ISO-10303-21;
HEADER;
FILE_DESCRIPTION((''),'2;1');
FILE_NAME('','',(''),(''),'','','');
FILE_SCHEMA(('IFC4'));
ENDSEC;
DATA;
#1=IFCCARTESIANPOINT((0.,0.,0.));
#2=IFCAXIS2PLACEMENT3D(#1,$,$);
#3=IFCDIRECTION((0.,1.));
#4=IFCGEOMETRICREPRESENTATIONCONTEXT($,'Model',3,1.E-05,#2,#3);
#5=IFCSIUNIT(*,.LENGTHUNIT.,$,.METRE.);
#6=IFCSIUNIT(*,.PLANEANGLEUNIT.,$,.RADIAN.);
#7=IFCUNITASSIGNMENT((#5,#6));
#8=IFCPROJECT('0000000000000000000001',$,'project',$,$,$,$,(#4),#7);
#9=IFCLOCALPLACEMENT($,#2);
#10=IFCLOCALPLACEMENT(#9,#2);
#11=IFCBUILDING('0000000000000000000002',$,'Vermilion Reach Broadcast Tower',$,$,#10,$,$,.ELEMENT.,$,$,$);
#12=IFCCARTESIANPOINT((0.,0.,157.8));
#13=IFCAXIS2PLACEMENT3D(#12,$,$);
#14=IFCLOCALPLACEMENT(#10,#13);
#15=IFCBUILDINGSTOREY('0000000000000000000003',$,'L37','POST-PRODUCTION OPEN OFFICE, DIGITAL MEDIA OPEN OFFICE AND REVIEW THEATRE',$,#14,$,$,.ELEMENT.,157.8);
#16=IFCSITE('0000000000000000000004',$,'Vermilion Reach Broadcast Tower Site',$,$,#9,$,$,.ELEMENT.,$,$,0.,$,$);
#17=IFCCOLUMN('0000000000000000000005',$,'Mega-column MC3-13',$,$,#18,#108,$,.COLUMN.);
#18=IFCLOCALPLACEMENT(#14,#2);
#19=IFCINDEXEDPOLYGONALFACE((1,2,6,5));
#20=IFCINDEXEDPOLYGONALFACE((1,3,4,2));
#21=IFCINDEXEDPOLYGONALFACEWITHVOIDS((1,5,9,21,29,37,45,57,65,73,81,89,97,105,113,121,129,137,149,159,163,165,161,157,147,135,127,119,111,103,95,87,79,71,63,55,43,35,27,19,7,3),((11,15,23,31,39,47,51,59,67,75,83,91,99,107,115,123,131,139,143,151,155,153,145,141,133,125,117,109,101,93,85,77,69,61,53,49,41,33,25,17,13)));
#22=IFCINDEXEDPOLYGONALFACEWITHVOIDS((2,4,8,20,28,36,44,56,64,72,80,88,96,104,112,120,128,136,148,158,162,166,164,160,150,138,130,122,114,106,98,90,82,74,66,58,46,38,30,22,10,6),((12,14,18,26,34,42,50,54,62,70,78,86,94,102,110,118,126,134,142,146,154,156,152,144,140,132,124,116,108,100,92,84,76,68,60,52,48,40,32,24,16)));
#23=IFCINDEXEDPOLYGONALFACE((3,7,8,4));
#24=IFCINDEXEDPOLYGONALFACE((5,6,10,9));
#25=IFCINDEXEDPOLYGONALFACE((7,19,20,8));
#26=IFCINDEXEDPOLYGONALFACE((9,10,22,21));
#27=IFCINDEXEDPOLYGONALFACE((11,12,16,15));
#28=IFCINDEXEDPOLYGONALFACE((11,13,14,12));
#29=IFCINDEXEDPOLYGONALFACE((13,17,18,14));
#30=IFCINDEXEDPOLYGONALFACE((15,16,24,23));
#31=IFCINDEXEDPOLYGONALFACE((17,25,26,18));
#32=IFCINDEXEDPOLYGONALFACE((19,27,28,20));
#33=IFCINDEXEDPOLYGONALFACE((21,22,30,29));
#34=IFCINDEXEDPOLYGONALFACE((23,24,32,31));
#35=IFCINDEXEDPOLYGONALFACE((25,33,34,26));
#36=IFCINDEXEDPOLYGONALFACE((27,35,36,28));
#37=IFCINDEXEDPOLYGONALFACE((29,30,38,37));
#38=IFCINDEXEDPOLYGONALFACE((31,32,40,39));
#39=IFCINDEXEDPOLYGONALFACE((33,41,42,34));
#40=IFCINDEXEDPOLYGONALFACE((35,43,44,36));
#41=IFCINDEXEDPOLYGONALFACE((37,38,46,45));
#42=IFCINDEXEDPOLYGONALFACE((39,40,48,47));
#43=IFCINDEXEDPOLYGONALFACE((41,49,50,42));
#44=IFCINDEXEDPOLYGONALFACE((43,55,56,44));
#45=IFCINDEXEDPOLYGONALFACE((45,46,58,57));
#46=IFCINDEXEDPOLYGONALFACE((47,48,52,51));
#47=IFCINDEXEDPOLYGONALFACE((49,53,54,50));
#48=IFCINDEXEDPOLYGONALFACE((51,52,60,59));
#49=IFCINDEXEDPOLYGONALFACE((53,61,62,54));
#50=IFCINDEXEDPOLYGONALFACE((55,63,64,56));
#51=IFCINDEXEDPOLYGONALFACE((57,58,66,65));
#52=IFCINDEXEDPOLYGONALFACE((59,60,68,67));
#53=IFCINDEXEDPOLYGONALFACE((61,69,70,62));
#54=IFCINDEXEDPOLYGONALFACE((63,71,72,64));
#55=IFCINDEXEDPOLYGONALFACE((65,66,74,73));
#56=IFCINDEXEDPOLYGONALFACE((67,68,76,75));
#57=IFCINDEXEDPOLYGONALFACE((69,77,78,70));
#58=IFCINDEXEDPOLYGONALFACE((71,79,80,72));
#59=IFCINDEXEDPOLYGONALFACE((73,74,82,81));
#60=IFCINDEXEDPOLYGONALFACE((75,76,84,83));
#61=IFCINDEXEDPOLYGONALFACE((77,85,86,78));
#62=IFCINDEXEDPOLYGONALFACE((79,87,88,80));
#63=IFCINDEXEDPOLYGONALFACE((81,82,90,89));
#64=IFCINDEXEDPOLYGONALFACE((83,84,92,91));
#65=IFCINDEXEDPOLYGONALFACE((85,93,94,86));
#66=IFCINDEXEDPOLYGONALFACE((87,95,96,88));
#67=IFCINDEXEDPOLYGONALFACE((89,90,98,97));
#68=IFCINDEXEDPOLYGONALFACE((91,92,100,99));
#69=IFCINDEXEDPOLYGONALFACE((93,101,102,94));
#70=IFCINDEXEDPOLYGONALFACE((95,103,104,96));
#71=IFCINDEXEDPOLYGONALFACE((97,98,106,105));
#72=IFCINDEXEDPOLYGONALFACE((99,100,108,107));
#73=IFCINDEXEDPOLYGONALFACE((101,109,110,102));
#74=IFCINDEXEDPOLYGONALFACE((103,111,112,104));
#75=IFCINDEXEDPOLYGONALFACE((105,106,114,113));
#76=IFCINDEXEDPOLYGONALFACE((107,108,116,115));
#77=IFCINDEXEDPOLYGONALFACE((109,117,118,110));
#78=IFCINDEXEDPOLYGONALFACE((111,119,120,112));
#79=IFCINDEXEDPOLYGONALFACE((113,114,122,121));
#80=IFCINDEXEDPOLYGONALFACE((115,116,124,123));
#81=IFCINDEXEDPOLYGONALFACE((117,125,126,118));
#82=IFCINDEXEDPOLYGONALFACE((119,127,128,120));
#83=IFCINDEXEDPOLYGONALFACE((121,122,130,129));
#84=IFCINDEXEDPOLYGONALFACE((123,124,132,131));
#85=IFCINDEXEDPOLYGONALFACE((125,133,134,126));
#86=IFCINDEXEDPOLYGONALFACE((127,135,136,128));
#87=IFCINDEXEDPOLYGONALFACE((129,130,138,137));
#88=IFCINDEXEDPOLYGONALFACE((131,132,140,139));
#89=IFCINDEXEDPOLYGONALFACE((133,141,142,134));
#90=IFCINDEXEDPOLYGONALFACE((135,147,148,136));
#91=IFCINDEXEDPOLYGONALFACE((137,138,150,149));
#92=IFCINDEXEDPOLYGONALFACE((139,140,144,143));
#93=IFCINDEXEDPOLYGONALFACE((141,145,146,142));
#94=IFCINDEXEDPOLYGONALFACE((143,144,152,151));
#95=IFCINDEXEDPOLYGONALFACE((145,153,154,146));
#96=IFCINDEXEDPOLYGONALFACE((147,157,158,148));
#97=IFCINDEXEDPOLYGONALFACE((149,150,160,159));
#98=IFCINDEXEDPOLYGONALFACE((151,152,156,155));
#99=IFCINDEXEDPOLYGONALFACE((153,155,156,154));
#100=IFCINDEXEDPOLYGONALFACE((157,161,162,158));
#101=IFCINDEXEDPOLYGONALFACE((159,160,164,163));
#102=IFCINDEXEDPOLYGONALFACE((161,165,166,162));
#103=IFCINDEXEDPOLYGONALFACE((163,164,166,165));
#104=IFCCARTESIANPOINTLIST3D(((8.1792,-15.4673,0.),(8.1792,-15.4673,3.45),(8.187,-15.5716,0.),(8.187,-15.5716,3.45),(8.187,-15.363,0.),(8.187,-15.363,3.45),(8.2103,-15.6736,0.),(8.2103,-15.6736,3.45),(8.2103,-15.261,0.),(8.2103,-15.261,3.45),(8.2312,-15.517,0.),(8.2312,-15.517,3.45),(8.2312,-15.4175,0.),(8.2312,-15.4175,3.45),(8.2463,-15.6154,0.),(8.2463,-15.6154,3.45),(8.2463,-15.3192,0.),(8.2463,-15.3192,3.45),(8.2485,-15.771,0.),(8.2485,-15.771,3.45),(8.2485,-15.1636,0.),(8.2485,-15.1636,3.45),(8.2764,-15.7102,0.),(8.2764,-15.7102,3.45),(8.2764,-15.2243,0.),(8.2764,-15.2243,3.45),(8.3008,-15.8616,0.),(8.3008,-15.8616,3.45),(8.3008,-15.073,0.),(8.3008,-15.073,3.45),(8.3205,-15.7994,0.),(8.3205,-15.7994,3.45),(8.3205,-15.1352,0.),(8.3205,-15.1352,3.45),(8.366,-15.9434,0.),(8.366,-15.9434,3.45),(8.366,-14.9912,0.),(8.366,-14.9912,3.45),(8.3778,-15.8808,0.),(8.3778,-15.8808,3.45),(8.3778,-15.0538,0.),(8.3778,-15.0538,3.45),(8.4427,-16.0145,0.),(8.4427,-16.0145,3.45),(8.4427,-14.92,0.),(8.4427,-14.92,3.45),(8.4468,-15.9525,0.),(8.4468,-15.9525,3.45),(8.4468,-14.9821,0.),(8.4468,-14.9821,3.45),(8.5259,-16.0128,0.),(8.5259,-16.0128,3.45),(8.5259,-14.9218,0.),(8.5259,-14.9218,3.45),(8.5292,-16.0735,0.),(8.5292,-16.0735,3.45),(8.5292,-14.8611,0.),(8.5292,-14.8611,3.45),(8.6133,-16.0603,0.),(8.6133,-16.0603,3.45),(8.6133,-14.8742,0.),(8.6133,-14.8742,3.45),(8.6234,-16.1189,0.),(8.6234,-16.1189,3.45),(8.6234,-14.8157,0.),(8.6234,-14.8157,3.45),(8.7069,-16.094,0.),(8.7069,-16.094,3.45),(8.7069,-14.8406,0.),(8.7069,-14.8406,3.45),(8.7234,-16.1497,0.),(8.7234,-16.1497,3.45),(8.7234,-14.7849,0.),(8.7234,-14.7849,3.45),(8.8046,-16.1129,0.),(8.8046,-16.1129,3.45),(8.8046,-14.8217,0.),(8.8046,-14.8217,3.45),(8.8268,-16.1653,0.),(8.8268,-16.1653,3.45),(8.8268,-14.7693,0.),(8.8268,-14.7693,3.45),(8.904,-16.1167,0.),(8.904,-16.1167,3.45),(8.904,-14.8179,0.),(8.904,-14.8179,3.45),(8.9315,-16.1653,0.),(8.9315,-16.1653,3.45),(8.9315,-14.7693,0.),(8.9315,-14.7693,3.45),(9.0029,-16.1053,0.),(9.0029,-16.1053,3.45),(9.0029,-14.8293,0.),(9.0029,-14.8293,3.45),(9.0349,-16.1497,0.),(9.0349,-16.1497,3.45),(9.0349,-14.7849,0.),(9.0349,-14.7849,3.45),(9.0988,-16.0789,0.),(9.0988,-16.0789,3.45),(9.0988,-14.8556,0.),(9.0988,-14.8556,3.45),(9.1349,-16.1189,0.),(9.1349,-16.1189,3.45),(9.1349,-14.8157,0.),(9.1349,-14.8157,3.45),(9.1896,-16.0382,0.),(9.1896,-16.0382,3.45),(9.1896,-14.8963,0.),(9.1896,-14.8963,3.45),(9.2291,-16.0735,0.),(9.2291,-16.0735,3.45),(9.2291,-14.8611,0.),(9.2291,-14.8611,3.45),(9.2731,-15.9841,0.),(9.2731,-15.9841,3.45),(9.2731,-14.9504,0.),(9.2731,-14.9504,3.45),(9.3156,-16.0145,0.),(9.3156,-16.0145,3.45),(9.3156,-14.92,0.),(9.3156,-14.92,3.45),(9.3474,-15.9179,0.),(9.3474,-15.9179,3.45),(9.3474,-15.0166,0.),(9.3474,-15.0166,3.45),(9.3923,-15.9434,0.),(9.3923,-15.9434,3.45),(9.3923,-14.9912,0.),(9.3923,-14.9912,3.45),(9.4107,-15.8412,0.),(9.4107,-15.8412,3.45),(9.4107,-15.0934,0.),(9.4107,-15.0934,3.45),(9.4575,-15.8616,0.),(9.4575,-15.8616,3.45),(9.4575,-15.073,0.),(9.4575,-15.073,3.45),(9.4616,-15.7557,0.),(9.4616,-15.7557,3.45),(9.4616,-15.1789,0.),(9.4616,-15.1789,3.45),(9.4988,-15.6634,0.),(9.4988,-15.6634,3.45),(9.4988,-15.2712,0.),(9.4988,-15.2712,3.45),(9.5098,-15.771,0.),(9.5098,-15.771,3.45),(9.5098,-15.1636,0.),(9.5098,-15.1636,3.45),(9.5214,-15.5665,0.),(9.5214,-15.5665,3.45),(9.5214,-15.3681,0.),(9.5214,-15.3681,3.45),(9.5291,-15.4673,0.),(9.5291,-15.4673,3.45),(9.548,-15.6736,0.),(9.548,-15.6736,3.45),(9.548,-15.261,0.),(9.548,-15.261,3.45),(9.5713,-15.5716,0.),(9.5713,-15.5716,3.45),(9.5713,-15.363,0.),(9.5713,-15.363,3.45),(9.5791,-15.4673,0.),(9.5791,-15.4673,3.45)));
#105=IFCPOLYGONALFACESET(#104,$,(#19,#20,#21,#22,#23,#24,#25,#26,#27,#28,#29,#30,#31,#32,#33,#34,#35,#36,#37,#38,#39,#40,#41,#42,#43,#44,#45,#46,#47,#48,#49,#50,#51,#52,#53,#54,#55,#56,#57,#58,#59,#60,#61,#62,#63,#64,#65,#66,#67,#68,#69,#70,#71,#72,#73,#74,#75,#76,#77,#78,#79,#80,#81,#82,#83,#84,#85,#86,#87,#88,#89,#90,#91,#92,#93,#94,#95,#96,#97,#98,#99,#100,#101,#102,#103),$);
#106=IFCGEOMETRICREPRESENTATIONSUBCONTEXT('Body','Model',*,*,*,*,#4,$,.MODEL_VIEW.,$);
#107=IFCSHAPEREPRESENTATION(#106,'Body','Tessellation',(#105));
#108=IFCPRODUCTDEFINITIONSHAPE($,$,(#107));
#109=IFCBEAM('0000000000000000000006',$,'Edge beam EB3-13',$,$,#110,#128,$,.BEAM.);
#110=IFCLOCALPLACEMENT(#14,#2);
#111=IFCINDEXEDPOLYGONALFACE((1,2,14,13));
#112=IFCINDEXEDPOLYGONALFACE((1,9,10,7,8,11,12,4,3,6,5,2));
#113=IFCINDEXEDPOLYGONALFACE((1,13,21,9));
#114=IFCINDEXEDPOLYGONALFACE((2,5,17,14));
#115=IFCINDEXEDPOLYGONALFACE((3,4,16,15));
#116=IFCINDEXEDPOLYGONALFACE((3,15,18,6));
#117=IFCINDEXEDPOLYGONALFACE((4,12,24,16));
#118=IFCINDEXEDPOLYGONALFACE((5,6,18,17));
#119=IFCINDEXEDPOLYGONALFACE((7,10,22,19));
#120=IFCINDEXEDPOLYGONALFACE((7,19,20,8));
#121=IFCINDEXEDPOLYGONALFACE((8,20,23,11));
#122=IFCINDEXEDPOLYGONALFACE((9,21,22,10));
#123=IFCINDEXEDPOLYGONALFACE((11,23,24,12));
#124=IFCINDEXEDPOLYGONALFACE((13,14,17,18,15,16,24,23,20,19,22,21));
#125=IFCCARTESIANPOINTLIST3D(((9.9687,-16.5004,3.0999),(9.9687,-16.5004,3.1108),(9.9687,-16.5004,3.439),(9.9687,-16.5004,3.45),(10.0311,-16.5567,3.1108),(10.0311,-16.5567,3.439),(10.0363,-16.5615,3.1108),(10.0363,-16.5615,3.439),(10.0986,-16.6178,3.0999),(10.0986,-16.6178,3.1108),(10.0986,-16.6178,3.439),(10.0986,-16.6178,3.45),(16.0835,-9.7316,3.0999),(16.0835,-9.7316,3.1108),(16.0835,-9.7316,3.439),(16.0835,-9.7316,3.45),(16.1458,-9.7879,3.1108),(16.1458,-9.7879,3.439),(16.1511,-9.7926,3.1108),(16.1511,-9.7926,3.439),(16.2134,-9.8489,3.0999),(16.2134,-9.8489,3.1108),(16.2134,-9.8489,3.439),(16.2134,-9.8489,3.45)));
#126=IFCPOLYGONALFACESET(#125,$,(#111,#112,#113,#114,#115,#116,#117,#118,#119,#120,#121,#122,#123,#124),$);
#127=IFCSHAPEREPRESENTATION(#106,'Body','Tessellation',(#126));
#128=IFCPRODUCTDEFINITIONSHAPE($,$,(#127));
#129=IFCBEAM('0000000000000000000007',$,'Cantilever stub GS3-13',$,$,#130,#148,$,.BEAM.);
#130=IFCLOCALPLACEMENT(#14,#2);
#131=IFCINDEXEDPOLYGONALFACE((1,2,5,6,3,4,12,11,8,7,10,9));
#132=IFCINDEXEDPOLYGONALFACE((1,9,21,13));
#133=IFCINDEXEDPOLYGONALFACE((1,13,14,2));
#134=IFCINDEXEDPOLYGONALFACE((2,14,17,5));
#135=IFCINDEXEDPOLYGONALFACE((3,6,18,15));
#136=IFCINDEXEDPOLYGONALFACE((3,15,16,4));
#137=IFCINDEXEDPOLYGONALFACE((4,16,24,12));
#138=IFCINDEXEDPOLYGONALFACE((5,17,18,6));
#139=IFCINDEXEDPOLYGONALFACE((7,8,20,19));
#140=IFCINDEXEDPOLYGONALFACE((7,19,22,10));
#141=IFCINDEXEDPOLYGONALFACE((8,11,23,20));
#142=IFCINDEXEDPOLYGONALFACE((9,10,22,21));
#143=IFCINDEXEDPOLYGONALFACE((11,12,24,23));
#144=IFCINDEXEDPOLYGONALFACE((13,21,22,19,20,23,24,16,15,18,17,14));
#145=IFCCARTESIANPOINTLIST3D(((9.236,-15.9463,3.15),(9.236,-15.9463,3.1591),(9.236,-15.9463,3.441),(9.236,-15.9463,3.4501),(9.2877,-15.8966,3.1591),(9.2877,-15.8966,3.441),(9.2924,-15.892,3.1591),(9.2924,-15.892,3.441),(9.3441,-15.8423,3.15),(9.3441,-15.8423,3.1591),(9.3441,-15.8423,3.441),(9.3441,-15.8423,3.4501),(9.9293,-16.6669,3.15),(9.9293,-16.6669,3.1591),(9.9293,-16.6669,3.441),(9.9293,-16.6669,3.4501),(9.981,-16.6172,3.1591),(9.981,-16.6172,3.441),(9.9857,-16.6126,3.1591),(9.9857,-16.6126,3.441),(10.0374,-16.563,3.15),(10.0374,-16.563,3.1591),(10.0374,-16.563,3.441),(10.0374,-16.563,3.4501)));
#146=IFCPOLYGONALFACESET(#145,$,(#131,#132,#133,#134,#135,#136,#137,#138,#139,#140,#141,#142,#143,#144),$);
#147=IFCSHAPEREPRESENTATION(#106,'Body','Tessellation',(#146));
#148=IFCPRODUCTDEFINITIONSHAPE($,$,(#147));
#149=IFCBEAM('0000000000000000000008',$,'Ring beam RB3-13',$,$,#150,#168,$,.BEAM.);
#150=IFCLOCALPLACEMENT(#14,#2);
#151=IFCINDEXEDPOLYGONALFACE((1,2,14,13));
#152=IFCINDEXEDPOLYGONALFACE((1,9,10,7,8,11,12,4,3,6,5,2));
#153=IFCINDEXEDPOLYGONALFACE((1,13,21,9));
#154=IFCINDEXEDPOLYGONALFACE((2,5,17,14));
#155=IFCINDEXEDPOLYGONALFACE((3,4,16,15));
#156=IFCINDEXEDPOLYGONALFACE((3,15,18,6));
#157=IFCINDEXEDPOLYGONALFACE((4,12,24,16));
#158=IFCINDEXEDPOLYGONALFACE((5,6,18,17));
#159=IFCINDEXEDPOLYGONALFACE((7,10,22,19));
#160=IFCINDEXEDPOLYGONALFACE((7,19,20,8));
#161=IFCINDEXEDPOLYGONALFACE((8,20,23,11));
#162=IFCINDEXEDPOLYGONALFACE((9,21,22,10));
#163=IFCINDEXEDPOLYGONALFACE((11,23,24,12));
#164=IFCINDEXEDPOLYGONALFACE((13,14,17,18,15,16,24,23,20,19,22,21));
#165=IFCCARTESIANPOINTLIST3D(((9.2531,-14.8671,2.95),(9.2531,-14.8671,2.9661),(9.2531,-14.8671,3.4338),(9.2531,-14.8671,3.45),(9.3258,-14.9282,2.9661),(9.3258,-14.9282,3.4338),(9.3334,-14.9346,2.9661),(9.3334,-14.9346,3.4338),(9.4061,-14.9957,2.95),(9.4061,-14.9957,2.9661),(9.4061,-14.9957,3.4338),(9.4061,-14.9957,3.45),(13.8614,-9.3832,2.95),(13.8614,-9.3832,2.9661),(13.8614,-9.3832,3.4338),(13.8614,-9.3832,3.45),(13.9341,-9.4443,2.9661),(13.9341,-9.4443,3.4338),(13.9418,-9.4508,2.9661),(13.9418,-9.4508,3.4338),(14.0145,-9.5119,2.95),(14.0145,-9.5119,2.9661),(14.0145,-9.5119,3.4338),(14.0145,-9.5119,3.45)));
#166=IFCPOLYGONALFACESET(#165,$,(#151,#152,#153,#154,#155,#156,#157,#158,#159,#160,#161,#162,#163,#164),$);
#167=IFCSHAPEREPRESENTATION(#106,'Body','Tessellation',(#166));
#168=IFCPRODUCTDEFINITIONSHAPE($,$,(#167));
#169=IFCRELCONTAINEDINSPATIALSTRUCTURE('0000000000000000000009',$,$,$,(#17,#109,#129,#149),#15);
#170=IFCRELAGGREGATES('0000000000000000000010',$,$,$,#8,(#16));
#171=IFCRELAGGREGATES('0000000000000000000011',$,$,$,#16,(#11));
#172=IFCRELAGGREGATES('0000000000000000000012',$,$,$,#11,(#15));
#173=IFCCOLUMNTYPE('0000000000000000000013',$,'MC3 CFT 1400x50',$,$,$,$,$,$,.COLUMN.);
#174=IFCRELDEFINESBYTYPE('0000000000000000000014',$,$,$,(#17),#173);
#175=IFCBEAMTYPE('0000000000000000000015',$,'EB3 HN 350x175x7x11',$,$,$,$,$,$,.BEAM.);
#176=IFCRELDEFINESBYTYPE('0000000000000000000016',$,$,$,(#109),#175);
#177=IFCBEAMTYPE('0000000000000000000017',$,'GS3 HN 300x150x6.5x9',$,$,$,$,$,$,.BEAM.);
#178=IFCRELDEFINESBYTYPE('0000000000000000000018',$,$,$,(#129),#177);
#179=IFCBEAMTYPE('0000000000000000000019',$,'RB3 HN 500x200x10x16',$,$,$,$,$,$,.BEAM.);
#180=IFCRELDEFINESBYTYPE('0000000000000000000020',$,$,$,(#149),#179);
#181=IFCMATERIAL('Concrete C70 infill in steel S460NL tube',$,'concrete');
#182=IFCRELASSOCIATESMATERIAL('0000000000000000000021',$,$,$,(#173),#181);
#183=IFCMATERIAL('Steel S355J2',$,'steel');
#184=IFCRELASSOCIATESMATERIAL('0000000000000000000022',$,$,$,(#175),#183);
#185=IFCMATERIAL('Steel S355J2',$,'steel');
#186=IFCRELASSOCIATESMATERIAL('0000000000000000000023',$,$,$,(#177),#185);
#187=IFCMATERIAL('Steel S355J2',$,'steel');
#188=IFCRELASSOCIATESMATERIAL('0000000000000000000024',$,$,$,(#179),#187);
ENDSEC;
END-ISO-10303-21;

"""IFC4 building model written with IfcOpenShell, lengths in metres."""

from ifc_helpers import new_model, si_unit, direction, frame, origin, origin_2d, place, context, subcontext, project, spatial, hollow_circle, i_section, extrude, material, material_profile, profile_set, type_object, element, save


model = new_model("IFC4")

# Units and contexts
model_context = context("Model", 3, precision=1e-05, world=origin(), true_north=direction((0.0, 1.0)))
body_context = subcontext(model_context, "Body", "Model", "MODEL_VIEW")
ifc_project = project(units=[si_unit("LENGTHUNIT", "METRE"), si_unit("PLANEANGLEUNIT", "RADIAN")], contexts=[model_context])

# Site, building, storey
site_placement = place(None, origin())
site = spatial("IfcSite", under=ifc_project, at=site_placement, Name="Vermilion Reach Broadcast Tower Site", CompositionType="ELEMENT", RefElevation=0.0)
building_placement = place(site_placement, origin())
building = spatial("IfcBuilding", under=site, at=building_placement, Name="Vermilion Reach Broadcast Tower", CompositionType="ELEMENT")
storey_placement = place(building_placement, frame((0.0, 0.0, 157.8)))
storey = spatial("IfcBuildingStorey", under=building, at=storey_placement, Name="L37", Description="POST-PRODUCTION OPEN OFFICE, DIGITAL MEDIA OPEN OFFICE AND REVIEW THEATRE", CompositionType="ELEMENT", Elevation=157.8)

# Column
ifc_material_1 = material(Name="Concrete C70 infill in steel S460NL tube", Category="concrete")
ifc_material_profile_1 = material_profile(ifc_material_1, hollow_circle(Radius=0.7, WallThickness=0.05, at=origin_2d()), Name="Concrete C70 infill in steel S460NL tube CFT 1400x50")
ifc_profile_set_1 = profile_set([ifc_material_profile_1], Name="Concrete C70 infill in steel S460NL tube")
column_type = type_object("IfcColumnType", Name="MC3 CFT 1400x50", PredefinedType="COLUMN", material=ifc_profile_set_1)
column_placement = place(storey_placement, frame((8.8792, -15.4673, 0.0), z_axis=(0.0, 0.0, 1.0), x_axis=(1.0, 0.0, 0.0)))
element("IfcColumn", 1, at=column_placement, inside=storey, type_object=column_type, Name="Mega-column MC3-13", PredefinedType="COLUMN", context=body_context, shape_type="SweptSolid", body=[
    extrude(hollow_circle(Radius=0.7, WallThickness=0.05, at=origin_2d()), origin(), (0.0, 0.0, 1.0), 3.45),
])

# Beams
ifc_material_2 = material(Name="Steel S355J2", Category="steel")
ifc_material_profile_2 = material_profile(ifc_material_2, i_section(OverallWidth=0.175, OverallDepth=0.3501, WebThickness=0.0071, FlangeThickness=0.011, at=origin_2d()), Name="S355J2 HN 350x175x7x11")
ifc_profile_set_2 = profile_set([ifc_material_profile_2], Name="Steel S355J2")
beam_type_1 = type_object("IfcBeamType", Name="EB3 HN 350x175x7x11", PredefinedType="BEAM", material=ifc_profile_set_2)
beam_1_placement = place(storey_placement, frame((10.0337, -16.5591, 3.2749), z_axis=(0.670346, 0.742049, 0.0), x_axis=(-0.742049, 0.670346, 0.0)))
element("IfcBeam", 2, at=beam_1_placement, inside=storey, type_object=beam_type_1, Name="Edge beam EB3-13", PredefinedType="BEAM", context=body_context, shape_type="SweptSolid", body=[
    extrude(i_section(OverallWidth=0.175, OverallDepth=0.3501, WebThickness=0.0071, FlangeThickness=0.011, at=origin_2d()), origin(), (0.0, 0.0, 1.0), 9.1218),
])
ifc_material_3 = material(Name="Steel S355J2", Category="steel")
ifc_material_profile_3 = material_profile(ifc_material_3, i_section(OverallWidth=0.1499, OverallDepth=0.3, WebThickness=0.0066, FlangeThickness=0.009, at=origin_2d()), Name="S355J2 HN 300x150x6.5x9")
ifc_profile_set_3 = profile_set([ifc_material_profile_3], Name="Steel S355J2")
beam_type_2 = type_object("IfcBeamType", Name="GS3 HN 300x150x6.5x9", PredefinedType="BEAM", material=ifc_profile_set_3)
beam_2_placement = place(storey_placement, frame((9.29, -15.8943, 3.3), z_axis=(0.693304, -0.720645, 0.0), x_axis=(0.720645, 0.693304, 0.0)))
element("IfcBeam", 3, at=beam_2_placement, inside=storey, type_object=beam_type_2, Name="Cantilever stub GS3-13", PredefinedType="BEAM", context=body_context, shape_type="SweptSolid", body=[
    extrude(i_section(OverallWidth=0.1499, OverallDepth=0.3, WebThickness=0.0066, FlangeThickness=0.009, at=origin_2d()), origin(), (0.0, 0.0, 1.0), 1.0),
])
ifc_material_4 = material(Name="Steel S355J2", Category="steel")
ifc_material_profile_4 = material_profile(ifc_material_4, i_section(OverallWidth=0.2, OverallDepth=0.5, WebThickness=0.01, FlangeThickness=0.0161, at=origin_2d()), Name="S355J2 HN 500x200x10x16")
ifc_profile_set_4 = profile_set([ifc_material_profile_4], Name="Steel S355J2")
beam_type_3 = type_object("IfcBeamType", Name="RB3 HN 500x200x10x16", PredefinedType="BEAM", material=ifc_profile_set_4)
beam_3_placement = place(storey_placement, frame((9.3296, -14.9314, 3.2), z_axis=(0.64335, 0.765572, 0.0), x_axis=(-0.765572, 0.64335, 0.0)))
element("IfcBeam", 4, at=beam_3_placement, inside=storey, type_object=beam_type_3, Name="Ring beam RB3-13", PredefinedType="BEAM", context=body_context, shape_type="SweptSolid", body=[
    extrude(i_section(OverallWidth=0.2, OverallDepth=0.5, WebThickness=0.01, FlangeThickness=0.0161, at=origin_2d()), origin(), (0.0, 0.0, 1.0), 7.1631),
])

save(model, "model.ifc")
